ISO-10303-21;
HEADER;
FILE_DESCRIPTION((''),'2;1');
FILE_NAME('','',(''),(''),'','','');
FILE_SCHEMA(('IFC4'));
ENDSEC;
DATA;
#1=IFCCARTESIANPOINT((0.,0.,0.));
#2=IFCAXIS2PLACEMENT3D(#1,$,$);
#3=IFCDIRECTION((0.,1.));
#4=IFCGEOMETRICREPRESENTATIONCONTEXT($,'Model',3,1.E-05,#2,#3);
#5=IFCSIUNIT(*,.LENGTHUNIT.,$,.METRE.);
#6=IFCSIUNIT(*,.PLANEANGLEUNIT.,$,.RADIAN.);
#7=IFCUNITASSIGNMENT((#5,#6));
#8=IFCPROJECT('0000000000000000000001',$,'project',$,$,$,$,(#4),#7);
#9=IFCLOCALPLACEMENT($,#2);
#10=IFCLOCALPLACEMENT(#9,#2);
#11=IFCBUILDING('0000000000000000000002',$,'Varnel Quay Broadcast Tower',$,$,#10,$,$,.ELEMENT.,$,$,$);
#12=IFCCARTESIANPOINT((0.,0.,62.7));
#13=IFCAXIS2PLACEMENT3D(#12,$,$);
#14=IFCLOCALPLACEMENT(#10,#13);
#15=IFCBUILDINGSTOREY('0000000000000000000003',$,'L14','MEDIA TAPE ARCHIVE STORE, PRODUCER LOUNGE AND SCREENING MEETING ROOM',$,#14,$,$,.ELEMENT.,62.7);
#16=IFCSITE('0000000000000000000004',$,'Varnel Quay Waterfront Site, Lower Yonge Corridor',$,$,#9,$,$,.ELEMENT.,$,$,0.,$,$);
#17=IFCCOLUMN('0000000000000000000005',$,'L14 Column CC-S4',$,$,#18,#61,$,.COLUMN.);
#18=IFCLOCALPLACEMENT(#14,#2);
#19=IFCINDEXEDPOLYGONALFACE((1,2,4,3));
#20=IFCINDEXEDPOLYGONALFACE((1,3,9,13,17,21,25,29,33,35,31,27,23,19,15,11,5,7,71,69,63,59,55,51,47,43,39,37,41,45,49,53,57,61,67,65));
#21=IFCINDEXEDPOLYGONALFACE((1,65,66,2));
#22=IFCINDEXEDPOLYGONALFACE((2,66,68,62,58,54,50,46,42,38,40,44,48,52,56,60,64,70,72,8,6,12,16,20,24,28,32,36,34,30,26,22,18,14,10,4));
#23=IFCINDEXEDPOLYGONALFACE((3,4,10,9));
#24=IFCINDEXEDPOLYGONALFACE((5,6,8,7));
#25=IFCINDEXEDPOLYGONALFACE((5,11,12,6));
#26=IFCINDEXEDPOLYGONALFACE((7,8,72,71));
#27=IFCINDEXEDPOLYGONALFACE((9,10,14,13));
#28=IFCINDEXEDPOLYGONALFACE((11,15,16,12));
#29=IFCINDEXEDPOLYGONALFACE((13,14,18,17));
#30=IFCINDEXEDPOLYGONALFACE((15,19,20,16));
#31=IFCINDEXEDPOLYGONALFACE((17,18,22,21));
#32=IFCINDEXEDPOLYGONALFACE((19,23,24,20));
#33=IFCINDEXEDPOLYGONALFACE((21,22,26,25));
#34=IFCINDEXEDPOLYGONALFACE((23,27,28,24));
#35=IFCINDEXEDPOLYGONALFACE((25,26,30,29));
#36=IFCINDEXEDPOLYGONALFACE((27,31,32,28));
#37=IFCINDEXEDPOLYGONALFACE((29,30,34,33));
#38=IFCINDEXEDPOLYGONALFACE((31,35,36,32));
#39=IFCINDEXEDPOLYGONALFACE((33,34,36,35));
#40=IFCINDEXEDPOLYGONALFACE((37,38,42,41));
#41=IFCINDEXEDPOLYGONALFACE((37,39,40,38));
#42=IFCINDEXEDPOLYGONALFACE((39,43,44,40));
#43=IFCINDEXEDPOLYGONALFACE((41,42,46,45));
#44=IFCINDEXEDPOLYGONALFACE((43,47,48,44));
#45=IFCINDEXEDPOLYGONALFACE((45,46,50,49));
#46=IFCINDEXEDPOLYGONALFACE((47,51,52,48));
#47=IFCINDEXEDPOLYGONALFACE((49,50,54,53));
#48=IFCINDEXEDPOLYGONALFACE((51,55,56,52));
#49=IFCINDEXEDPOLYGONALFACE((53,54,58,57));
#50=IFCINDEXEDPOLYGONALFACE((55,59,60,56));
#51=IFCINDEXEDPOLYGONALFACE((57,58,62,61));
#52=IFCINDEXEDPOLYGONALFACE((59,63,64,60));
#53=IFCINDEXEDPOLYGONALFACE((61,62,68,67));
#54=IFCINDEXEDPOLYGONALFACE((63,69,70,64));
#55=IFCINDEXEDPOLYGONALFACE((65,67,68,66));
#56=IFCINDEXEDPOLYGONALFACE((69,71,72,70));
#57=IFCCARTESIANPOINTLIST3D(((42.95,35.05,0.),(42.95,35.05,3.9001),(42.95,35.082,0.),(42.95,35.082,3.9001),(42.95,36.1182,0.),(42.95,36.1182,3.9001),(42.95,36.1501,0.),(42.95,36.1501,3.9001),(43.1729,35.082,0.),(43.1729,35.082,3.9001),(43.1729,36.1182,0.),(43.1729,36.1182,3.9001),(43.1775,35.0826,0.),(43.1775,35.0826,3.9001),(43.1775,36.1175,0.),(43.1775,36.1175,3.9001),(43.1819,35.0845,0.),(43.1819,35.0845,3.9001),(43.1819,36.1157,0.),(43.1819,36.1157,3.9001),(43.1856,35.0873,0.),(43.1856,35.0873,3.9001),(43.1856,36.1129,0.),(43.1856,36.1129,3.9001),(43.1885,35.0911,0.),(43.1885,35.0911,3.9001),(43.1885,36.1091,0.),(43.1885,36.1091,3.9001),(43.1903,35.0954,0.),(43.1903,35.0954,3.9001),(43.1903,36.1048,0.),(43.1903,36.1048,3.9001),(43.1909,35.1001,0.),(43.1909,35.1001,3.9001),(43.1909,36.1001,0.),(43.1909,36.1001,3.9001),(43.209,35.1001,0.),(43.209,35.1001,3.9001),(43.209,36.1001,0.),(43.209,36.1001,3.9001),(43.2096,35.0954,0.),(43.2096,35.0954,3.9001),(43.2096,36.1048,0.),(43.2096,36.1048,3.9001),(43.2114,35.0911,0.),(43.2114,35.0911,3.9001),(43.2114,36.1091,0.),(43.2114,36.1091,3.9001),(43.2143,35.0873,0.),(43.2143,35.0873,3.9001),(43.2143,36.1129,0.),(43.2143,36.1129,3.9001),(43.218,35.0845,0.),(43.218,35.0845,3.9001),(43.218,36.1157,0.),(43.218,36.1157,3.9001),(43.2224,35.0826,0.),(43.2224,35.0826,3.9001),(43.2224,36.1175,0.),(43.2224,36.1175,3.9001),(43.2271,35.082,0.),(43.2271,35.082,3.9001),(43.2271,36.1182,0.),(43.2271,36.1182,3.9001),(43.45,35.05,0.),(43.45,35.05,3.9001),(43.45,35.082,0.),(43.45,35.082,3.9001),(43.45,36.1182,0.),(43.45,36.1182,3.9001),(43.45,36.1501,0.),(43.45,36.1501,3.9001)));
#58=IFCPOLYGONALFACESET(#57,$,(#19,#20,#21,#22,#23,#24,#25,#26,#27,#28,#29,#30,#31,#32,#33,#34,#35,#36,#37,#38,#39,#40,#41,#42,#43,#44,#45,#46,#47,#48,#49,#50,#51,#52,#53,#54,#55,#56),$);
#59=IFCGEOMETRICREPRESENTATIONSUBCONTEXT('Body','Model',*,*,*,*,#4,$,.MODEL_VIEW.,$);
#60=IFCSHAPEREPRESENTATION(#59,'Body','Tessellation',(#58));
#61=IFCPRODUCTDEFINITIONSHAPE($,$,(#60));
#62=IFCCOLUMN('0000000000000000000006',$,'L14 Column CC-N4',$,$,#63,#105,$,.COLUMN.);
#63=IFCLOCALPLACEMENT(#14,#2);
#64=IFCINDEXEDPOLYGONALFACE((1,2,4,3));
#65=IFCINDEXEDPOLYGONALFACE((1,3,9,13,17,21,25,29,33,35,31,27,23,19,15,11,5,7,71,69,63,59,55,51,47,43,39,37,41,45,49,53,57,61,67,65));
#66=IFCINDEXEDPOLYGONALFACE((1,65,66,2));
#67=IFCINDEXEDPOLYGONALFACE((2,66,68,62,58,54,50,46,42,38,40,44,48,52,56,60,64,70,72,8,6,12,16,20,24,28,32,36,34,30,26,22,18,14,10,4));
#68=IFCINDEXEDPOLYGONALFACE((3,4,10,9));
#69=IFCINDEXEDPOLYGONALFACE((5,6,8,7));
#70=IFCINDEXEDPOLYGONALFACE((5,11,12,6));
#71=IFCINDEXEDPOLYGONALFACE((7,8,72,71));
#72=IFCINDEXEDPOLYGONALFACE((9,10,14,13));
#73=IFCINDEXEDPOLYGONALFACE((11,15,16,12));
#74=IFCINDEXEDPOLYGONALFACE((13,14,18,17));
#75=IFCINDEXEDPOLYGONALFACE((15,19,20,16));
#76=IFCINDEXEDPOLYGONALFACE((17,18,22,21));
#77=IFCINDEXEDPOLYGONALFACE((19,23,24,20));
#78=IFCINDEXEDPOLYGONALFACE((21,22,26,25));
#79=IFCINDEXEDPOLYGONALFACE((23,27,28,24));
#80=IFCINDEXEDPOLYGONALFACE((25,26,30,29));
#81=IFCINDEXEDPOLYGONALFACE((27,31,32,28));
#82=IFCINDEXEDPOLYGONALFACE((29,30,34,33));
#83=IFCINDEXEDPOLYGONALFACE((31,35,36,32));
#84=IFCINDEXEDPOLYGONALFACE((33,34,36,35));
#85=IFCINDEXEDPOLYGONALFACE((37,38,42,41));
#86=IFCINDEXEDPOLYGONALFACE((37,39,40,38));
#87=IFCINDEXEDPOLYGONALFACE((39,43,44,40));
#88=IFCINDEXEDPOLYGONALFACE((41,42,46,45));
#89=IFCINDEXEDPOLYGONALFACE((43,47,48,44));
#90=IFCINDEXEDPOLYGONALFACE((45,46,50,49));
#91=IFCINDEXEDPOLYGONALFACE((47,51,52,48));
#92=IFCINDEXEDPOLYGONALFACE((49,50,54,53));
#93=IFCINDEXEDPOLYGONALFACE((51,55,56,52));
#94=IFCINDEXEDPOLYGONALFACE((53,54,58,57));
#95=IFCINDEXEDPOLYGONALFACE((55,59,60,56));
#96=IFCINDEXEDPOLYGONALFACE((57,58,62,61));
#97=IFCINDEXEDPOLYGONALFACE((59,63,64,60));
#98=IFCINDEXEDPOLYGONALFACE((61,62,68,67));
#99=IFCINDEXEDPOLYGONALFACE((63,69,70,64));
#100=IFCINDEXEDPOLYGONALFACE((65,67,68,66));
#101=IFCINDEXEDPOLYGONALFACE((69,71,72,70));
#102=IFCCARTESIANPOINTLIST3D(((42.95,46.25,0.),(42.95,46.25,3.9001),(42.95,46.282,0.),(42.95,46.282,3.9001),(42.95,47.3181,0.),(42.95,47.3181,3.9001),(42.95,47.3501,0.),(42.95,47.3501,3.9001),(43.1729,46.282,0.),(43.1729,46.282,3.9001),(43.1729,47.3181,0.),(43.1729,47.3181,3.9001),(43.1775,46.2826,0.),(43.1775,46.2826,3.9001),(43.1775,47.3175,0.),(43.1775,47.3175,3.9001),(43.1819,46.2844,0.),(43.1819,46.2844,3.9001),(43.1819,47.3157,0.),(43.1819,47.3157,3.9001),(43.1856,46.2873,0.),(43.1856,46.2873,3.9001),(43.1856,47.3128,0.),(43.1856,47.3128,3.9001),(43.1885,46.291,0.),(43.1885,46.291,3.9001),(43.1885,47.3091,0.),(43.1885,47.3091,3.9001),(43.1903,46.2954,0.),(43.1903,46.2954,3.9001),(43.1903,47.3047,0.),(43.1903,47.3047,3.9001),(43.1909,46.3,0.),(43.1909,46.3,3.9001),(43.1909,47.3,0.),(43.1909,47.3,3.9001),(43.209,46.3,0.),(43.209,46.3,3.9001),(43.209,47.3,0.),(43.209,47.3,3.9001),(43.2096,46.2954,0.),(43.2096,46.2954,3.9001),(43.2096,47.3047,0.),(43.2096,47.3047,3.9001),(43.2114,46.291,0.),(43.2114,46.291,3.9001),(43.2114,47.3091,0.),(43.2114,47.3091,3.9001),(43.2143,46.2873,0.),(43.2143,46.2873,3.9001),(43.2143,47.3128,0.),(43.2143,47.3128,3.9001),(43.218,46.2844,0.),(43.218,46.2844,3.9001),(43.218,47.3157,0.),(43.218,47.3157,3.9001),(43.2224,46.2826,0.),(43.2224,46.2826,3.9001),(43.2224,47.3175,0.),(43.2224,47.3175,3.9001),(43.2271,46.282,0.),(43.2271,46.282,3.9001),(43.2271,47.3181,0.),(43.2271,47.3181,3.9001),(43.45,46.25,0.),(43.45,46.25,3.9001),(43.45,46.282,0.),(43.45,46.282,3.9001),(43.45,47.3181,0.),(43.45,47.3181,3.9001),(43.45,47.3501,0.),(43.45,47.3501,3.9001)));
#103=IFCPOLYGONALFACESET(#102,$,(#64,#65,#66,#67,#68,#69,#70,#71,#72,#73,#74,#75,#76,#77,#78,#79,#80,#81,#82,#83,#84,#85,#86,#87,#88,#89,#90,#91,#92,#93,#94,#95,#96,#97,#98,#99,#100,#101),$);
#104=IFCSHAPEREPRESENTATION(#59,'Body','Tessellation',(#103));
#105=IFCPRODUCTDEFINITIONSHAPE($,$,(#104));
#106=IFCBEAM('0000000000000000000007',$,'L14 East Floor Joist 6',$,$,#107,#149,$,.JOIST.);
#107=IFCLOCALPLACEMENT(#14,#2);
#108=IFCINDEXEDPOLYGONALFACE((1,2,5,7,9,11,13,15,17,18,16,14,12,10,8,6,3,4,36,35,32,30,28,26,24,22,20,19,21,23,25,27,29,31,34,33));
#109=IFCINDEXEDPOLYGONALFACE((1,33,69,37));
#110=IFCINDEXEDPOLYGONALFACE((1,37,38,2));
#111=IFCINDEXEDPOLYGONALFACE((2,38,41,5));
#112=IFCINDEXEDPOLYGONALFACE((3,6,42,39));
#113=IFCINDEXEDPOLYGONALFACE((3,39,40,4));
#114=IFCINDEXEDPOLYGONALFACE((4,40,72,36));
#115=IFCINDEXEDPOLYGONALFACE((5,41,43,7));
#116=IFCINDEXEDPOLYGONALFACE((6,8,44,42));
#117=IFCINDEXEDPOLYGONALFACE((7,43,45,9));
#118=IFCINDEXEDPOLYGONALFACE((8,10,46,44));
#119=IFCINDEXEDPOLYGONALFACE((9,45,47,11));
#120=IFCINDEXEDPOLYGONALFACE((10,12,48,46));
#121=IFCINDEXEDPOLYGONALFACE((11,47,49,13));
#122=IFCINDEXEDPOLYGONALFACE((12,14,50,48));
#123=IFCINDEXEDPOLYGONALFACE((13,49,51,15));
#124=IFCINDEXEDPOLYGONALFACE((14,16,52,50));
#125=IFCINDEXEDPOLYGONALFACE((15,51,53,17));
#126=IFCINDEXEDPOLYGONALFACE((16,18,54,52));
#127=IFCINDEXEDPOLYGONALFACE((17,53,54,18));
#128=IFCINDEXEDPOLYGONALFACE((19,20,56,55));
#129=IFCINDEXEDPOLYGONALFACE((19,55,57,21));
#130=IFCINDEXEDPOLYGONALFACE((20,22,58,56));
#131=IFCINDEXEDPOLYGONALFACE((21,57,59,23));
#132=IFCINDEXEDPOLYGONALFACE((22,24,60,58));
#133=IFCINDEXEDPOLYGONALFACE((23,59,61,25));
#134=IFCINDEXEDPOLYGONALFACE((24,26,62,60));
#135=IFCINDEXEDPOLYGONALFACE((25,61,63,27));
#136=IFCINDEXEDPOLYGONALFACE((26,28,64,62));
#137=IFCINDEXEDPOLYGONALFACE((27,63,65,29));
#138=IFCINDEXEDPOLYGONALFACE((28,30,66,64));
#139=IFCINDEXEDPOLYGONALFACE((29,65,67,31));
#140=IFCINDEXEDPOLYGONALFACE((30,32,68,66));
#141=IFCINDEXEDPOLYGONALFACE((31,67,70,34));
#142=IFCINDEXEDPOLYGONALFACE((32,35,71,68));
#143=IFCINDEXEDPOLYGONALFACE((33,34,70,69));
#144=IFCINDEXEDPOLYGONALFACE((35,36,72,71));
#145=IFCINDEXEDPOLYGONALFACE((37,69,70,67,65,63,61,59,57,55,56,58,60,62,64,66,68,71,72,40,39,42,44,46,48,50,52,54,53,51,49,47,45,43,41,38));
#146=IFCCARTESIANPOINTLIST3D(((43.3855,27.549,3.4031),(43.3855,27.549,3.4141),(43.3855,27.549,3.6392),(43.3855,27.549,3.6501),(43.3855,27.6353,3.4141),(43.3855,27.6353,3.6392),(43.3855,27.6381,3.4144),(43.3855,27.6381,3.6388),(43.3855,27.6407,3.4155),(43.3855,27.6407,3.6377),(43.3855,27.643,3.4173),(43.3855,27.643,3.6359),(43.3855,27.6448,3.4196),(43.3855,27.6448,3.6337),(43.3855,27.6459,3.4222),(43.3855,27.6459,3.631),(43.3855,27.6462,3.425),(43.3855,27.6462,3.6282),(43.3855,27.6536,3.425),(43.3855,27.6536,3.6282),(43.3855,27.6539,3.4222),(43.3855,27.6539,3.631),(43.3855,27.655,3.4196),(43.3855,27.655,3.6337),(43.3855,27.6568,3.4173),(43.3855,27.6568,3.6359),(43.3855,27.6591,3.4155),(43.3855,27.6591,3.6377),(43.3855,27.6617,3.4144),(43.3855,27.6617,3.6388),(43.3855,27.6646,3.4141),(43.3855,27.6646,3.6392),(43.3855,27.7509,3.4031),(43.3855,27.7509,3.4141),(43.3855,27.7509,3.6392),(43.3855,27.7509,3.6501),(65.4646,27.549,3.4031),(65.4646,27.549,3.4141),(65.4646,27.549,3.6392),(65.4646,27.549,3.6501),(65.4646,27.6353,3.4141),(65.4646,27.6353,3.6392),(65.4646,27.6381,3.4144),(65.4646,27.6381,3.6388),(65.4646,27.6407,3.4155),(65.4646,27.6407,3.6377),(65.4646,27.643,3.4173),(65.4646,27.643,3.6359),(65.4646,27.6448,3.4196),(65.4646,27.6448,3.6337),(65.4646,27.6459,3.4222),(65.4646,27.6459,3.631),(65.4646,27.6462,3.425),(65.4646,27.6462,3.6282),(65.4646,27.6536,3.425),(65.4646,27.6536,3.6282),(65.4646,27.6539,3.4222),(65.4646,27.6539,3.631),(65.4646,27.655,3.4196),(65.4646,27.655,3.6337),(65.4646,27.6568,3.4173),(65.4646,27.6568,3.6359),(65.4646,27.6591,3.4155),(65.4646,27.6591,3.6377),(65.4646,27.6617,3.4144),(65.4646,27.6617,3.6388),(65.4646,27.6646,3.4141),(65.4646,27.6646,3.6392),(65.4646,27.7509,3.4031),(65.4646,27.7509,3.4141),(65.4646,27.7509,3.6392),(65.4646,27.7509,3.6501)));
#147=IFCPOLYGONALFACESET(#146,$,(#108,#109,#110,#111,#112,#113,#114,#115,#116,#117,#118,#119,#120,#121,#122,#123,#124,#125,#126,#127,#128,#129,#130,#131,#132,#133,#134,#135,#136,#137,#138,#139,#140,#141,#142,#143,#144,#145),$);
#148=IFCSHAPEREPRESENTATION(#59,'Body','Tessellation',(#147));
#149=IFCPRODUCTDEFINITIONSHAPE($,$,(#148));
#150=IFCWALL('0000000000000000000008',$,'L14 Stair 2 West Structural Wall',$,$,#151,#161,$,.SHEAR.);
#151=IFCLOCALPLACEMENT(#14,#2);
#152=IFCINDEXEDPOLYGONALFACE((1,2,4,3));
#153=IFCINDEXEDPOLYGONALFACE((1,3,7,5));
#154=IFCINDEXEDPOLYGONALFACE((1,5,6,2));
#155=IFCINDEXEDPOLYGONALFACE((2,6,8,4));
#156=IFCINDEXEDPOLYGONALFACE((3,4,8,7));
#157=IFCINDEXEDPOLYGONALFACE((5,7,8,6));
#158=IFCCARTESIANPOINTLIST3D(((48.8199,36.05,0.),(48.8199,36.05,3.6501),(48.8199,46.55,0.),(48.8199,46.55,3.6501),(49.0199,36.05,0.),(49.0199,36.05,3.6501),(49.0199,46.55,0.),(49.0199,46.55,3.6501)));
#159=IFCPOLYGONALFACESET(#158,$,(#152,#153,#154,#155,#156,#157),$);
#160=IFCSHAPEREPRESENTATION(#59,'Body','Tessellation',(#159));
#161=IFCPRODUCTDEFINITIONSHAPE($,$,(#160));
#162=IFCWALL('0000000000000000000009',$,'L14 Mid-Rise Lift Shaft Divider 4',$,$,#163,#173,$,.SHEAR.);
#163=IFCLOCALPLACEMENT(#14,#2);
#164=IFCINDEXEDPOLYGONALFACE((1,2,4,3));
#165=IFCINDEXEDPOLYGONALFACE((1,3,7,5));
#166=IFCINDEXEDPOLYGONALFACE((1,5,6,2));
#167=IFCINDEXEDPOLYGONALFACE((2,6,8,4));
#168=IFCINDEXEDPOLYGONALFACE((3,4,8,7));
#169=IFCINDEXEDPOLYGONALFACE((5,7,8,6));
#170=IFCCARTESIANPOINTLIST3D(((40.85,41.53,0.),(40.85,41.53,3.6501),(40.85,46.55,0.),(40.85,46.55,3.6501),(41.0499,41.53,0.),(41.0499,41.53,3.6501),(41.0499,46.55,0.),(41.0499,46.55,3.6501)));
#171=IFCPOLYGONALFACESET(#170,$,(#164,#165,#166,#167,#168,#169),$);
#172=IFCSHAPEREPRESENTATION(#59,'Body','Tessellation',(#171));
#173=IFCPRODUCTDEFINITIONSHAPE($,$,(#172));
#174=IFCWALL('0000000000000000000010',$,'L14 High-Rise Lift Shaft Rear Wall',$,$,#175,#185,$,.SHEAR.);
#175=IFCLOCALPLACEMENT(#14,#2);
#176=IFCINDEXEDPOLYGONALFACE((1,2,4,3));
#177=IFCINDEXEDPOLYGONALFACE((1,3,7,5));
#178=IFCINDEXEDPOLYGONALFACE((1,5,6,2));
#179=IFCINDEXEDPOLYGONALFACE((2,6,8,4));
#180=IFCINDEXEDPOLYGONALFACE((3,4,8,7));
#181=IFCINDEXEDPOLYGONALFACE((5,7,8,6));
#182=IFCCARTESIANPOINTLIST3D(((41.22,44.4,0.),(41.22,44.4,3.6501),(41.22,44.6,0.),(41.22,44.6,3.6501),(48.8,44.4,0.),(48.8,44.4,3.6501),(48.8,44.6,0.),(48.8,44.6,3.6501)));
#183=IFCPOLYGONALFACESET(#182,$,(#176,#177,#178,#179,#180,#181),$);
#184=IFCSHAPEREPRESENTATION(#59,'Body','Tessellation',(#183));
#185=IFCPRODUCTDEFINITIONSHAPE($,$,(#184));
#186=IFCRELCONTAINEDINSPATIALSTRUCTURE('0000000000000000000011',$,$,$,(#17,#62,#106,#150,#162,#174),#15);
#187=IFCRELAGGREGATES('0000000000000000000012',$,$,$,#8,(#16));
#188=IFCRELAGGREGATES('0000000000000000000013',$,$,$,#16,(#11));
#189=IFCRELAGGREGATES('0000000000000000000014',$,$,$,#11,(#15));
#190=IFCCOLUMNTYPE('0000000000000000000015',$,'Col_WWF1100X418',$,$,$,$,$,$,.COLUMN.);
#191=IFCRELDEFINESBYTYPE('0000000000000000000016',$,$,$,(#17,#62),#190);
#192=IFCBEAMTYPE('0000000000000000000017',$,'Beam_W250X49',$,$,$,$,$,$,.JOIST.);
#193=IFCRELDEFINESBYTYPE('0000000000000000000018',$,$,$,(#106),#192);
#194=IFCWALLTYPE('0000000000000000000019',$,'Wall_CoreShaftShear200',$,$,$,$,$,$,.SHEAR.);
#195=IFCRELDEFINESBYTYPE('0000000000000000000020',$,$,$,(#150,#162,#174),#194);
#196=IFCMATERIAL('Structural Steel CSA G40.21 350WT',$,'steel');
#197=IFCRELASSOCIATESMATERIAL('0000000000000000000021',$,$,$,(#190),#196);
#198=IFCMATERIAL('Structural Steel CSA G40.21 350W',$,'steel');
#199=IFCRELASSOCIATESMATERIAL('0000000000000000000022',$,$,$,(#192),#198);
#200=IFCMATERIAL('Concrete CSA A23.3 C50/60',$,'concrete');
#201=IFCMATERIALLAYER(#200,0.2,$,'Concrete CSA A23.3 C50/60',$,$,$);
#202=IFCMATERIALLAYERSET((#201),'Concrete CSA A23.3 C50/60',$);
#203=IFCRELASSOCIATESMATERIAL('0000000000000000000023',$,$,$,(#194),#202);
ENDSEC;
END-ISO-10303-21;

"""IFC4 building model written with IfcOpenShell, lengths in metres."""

from ifc_helpers import new_model, si_unit, direction, frame, frame_2d, origin, origin_2d, place, context, subcontext, project, spatial, rectangle, i_section, extrude, source, transform, mapped, material, layer, layer_set, material_profile, profile_set, type_object, type_shapes, element, save


model = new_model("IFC4")

# Units and contexts
model_context = context("Model", 3, precision=1e-05, world=origin(), true_north=direction((0.0, 1.0)))
body_context = subcontext(model_context, "Body", "Model", "MODEL_VIEW")
ifc_project = project(units=[si_unit("LENGTHUNIT", "METRE"), si_unit("PLANEANGLEUNIT", "RADIAN")], contexts=[model_context])

# Site, building, storey
site_placement = place(None, origin())
site = spatial("IfcSite", under=ifc_project, at=site_placement, Name="Varnel Quay Waterfront Site, Lower Yonge Corridor", CompositionType="ELEMENT", RefElevation=0.0)
building_placement = place(site_placement, origin())
building = spatial("IfcBuilding", under=site, at=building_placement, Name="Varnel Quay Broadcast Tower", CompositionType="ELEMENT")
storey_placement = place(building_placement, frame((0.0, 0.0, 62.7)))
storey = spatial("IfcBuildingStorey", under=building, at=storey_placement, Name="L14", Description="MEDIA TAPE ARCHIVE STORE, PRODUCER LOUNGE AND SCREENING MEETING ROOM", CompositionType="ELEMENT", Elevation=62.7)

# Columns
ifc_material_1 = material(Name="Structural Steel CSA G40.21 350WT", Category="steel")
ifc_material_profile_1 = material_profile(ifc_material_1, i_section(OverallWidth=0.5, OverallDepth=1.1001, WebThickness=0.0181, FlangeThickness=0.032, FilletRadius=0.0181, at=origin_2d()), Name="WWF1100X418")
ifc_profile_set_1 = profile_set([ifc_material_profile_1], Name="Structural Steel CSA G40.21 350WT")
column_type = type_object("IfcColumnType", Name="Col_WWF1100X418", PredefinedType="COLUMN", material=ifc_profile_set_1)
shared_shape_1 = source(origin(), body_context, "Body", "SweptSolid", [
    extrude(i_section(OverallWidth=0.5, OverallDepth=1.1001, WebThickness=0.0181, FlangeThickness=0.032, FilletRadius=0.0181, at=origin_2d()), origin(), (0.0, 0.0, 1.0), 3.9001),
])
type_shapes(column_type, [shared_shape_1])
for number, where, z_axis, x_axis, name in (
    (1, (43.2, 35.6001, 0.0), (0.0, 0.0, 1.0), (1.0, 0.0, 0.0), "L14 Column CC-S4"),
    (2, (43.2, 46.8, 0.0), (0.0, 0.0, 1.0), (1.0, 0.0, 0.0), "L14 Column CC-N4"),
):
    element("IfcColumn", number, at=place(storey_placement, frame(where, z_axis=z_axis, x_axis=x_axis)), inside=storey, type_object=column_type, Name=name, PredefinedType="COLUMN", context=body_context, shape_type="MappedRepresentation", body=[
        mapped(shared_shape_1, transform((0.0, 0.0, 0.0), x_axis=(1.0, 0.0, 0.0), y_axis=(0.0, 1.0, 0.0), z_axis=(0.0, 0.0, 1.0), scale=1.0)),
    ])

# Beam
ifc_material_2 = material(Name="Structural Steel CSA G40.21 350W", Category="steel")
ifc_material_profile_2 = material_profile(ifc_material_2, i_section(OverallWidth=0.2019, OverallDepth=0.2471, WebThickness=0.0073, FlangeThickness=0.011, FilletRadius=0.011, at=origin_2d()), Name="W250X49")
ifc_profile_set_2 = profile_set([ifc_material_profile_2], Name="Structural Steel CSA G40.21 350W")
beam_type = type_object("IfcBeamType", Name="Beam_W250X49", PredefinedType="JOIST", material=ifc_profile_set_2)
shared_shape_2 = source(origin(), body_context, "Body", "SweptSolid", [
    extrude(i_section(OverallWidth=0.2019, OverallDepth=0.2471, WebThickness=0.0073, FlangeThickness=0.011, FilletRadius=0.011, at=origin_2d()), origin(), (0.0, 0.0, 1.0), 22.0791),
])
type_shapes(beam_type, [shared_shape_2])
beam_placement = place(storey_placement, frame((43.3855, 27.6499, 3.5266), z_axis=(1.0, 0.0, 0.0), x_axis=(0.0, 1.0, 0.0)))
element("IfcBeam", 3, at=beam_placement, inside=storey, type_object=beam_type, Name="L14 East Floor Joist 6", PredefinedType="JOIST", context=body_context, shape_type="MappedRepresentation", body=[
    mapped(shared_shape_2, transform((0.0, 0.0, 0.0), x_axis=(1.0, 0.0, 0.0), y_axis=(0.0, 1.0, 0.0), z_axis=(0.0, 0.0, 1.0), scale=1.0)),
])

# Walls
ifc_material_3 = material(Name="Concrete CSA A23.3 C50/60", Category="concrete")
ifc_layer_1 = layer(ifc_material_3, 0.2, Name="Concrete CSA A23.3 C50/60")
ifc_layer_set_1 = layer_set([ifc_layer_1], Name="Concrete CSA A23.3 C50/60")
wall_type_1 = type_object("IfcWallType", Name="Wall_CoreShaftShear200", PredefinedType="SHEAR", material=ifc_layer_set_1)
wall_1_placement = place(storey_placement, frame((48.9199, 36.05, 0.0), z_axis=(0.0, 0.0, 1.0), x_axis=(0.0, 1.0, 0.0)))
element("IfcWall", 4, at=wall_1_placement, inside=storey, type_object=wall_type_1, Name="L14 Stair 2 West Structural Wall", PredefinedType="SHEAR", context=body_context, shape_type="SweptSolid", body=[
    extrude(rectangle(XDim=10.5, YDim=0.2, at=frame_2d((5.25, 0.0))), origin(), (0.0, 0.0, 1.0), 3.6501),
])
wall_2_placement = place(storey_placement, frame((40.95, 41.53, 0.0), z_axis=(0.0, 0.0, 1.0), x_axis=(0.0, 1.0, 0.0)))
element("IfcWall", 5, at=wall_2_placement, inside=storey, type_object=wall_type_1, Name="L14 Mid-Rise Lift Shaft Divider 4", PredefinedType="SHEAR", context=body_context, shape_type="SweptSolid", body=[
    extrude(rectangle(XDim=5.02, YDim=0.2, at=frame_2d((2.51, 0.0))), origin(), (0.0, 0.0, 1.0), 3.6501),
])
wall_3_placement = place(storey_placement, frame((41.22, 44.5, 0.0), z_axis=(0.0, 0.0, 1.0), x_axis=(1.0, 0.0, 0.0)))
element("IfcWall", 6, at=wall_3_placement, inside=storey, type_object=wall_type_1, Name="L14 High-Rise Lift Shaft Rear Wall", PredefinedType="SHEAR", context=body_context, shape_type="SweptSolid", body=[
    extrude(rectangle(XDim=7.5801, YDim=0.2, at=frame_2d((3.79, 0.0))), origin(), (0.0, 0.0, 1.0), 3.6501),
])

save(model, "model.ifc")
